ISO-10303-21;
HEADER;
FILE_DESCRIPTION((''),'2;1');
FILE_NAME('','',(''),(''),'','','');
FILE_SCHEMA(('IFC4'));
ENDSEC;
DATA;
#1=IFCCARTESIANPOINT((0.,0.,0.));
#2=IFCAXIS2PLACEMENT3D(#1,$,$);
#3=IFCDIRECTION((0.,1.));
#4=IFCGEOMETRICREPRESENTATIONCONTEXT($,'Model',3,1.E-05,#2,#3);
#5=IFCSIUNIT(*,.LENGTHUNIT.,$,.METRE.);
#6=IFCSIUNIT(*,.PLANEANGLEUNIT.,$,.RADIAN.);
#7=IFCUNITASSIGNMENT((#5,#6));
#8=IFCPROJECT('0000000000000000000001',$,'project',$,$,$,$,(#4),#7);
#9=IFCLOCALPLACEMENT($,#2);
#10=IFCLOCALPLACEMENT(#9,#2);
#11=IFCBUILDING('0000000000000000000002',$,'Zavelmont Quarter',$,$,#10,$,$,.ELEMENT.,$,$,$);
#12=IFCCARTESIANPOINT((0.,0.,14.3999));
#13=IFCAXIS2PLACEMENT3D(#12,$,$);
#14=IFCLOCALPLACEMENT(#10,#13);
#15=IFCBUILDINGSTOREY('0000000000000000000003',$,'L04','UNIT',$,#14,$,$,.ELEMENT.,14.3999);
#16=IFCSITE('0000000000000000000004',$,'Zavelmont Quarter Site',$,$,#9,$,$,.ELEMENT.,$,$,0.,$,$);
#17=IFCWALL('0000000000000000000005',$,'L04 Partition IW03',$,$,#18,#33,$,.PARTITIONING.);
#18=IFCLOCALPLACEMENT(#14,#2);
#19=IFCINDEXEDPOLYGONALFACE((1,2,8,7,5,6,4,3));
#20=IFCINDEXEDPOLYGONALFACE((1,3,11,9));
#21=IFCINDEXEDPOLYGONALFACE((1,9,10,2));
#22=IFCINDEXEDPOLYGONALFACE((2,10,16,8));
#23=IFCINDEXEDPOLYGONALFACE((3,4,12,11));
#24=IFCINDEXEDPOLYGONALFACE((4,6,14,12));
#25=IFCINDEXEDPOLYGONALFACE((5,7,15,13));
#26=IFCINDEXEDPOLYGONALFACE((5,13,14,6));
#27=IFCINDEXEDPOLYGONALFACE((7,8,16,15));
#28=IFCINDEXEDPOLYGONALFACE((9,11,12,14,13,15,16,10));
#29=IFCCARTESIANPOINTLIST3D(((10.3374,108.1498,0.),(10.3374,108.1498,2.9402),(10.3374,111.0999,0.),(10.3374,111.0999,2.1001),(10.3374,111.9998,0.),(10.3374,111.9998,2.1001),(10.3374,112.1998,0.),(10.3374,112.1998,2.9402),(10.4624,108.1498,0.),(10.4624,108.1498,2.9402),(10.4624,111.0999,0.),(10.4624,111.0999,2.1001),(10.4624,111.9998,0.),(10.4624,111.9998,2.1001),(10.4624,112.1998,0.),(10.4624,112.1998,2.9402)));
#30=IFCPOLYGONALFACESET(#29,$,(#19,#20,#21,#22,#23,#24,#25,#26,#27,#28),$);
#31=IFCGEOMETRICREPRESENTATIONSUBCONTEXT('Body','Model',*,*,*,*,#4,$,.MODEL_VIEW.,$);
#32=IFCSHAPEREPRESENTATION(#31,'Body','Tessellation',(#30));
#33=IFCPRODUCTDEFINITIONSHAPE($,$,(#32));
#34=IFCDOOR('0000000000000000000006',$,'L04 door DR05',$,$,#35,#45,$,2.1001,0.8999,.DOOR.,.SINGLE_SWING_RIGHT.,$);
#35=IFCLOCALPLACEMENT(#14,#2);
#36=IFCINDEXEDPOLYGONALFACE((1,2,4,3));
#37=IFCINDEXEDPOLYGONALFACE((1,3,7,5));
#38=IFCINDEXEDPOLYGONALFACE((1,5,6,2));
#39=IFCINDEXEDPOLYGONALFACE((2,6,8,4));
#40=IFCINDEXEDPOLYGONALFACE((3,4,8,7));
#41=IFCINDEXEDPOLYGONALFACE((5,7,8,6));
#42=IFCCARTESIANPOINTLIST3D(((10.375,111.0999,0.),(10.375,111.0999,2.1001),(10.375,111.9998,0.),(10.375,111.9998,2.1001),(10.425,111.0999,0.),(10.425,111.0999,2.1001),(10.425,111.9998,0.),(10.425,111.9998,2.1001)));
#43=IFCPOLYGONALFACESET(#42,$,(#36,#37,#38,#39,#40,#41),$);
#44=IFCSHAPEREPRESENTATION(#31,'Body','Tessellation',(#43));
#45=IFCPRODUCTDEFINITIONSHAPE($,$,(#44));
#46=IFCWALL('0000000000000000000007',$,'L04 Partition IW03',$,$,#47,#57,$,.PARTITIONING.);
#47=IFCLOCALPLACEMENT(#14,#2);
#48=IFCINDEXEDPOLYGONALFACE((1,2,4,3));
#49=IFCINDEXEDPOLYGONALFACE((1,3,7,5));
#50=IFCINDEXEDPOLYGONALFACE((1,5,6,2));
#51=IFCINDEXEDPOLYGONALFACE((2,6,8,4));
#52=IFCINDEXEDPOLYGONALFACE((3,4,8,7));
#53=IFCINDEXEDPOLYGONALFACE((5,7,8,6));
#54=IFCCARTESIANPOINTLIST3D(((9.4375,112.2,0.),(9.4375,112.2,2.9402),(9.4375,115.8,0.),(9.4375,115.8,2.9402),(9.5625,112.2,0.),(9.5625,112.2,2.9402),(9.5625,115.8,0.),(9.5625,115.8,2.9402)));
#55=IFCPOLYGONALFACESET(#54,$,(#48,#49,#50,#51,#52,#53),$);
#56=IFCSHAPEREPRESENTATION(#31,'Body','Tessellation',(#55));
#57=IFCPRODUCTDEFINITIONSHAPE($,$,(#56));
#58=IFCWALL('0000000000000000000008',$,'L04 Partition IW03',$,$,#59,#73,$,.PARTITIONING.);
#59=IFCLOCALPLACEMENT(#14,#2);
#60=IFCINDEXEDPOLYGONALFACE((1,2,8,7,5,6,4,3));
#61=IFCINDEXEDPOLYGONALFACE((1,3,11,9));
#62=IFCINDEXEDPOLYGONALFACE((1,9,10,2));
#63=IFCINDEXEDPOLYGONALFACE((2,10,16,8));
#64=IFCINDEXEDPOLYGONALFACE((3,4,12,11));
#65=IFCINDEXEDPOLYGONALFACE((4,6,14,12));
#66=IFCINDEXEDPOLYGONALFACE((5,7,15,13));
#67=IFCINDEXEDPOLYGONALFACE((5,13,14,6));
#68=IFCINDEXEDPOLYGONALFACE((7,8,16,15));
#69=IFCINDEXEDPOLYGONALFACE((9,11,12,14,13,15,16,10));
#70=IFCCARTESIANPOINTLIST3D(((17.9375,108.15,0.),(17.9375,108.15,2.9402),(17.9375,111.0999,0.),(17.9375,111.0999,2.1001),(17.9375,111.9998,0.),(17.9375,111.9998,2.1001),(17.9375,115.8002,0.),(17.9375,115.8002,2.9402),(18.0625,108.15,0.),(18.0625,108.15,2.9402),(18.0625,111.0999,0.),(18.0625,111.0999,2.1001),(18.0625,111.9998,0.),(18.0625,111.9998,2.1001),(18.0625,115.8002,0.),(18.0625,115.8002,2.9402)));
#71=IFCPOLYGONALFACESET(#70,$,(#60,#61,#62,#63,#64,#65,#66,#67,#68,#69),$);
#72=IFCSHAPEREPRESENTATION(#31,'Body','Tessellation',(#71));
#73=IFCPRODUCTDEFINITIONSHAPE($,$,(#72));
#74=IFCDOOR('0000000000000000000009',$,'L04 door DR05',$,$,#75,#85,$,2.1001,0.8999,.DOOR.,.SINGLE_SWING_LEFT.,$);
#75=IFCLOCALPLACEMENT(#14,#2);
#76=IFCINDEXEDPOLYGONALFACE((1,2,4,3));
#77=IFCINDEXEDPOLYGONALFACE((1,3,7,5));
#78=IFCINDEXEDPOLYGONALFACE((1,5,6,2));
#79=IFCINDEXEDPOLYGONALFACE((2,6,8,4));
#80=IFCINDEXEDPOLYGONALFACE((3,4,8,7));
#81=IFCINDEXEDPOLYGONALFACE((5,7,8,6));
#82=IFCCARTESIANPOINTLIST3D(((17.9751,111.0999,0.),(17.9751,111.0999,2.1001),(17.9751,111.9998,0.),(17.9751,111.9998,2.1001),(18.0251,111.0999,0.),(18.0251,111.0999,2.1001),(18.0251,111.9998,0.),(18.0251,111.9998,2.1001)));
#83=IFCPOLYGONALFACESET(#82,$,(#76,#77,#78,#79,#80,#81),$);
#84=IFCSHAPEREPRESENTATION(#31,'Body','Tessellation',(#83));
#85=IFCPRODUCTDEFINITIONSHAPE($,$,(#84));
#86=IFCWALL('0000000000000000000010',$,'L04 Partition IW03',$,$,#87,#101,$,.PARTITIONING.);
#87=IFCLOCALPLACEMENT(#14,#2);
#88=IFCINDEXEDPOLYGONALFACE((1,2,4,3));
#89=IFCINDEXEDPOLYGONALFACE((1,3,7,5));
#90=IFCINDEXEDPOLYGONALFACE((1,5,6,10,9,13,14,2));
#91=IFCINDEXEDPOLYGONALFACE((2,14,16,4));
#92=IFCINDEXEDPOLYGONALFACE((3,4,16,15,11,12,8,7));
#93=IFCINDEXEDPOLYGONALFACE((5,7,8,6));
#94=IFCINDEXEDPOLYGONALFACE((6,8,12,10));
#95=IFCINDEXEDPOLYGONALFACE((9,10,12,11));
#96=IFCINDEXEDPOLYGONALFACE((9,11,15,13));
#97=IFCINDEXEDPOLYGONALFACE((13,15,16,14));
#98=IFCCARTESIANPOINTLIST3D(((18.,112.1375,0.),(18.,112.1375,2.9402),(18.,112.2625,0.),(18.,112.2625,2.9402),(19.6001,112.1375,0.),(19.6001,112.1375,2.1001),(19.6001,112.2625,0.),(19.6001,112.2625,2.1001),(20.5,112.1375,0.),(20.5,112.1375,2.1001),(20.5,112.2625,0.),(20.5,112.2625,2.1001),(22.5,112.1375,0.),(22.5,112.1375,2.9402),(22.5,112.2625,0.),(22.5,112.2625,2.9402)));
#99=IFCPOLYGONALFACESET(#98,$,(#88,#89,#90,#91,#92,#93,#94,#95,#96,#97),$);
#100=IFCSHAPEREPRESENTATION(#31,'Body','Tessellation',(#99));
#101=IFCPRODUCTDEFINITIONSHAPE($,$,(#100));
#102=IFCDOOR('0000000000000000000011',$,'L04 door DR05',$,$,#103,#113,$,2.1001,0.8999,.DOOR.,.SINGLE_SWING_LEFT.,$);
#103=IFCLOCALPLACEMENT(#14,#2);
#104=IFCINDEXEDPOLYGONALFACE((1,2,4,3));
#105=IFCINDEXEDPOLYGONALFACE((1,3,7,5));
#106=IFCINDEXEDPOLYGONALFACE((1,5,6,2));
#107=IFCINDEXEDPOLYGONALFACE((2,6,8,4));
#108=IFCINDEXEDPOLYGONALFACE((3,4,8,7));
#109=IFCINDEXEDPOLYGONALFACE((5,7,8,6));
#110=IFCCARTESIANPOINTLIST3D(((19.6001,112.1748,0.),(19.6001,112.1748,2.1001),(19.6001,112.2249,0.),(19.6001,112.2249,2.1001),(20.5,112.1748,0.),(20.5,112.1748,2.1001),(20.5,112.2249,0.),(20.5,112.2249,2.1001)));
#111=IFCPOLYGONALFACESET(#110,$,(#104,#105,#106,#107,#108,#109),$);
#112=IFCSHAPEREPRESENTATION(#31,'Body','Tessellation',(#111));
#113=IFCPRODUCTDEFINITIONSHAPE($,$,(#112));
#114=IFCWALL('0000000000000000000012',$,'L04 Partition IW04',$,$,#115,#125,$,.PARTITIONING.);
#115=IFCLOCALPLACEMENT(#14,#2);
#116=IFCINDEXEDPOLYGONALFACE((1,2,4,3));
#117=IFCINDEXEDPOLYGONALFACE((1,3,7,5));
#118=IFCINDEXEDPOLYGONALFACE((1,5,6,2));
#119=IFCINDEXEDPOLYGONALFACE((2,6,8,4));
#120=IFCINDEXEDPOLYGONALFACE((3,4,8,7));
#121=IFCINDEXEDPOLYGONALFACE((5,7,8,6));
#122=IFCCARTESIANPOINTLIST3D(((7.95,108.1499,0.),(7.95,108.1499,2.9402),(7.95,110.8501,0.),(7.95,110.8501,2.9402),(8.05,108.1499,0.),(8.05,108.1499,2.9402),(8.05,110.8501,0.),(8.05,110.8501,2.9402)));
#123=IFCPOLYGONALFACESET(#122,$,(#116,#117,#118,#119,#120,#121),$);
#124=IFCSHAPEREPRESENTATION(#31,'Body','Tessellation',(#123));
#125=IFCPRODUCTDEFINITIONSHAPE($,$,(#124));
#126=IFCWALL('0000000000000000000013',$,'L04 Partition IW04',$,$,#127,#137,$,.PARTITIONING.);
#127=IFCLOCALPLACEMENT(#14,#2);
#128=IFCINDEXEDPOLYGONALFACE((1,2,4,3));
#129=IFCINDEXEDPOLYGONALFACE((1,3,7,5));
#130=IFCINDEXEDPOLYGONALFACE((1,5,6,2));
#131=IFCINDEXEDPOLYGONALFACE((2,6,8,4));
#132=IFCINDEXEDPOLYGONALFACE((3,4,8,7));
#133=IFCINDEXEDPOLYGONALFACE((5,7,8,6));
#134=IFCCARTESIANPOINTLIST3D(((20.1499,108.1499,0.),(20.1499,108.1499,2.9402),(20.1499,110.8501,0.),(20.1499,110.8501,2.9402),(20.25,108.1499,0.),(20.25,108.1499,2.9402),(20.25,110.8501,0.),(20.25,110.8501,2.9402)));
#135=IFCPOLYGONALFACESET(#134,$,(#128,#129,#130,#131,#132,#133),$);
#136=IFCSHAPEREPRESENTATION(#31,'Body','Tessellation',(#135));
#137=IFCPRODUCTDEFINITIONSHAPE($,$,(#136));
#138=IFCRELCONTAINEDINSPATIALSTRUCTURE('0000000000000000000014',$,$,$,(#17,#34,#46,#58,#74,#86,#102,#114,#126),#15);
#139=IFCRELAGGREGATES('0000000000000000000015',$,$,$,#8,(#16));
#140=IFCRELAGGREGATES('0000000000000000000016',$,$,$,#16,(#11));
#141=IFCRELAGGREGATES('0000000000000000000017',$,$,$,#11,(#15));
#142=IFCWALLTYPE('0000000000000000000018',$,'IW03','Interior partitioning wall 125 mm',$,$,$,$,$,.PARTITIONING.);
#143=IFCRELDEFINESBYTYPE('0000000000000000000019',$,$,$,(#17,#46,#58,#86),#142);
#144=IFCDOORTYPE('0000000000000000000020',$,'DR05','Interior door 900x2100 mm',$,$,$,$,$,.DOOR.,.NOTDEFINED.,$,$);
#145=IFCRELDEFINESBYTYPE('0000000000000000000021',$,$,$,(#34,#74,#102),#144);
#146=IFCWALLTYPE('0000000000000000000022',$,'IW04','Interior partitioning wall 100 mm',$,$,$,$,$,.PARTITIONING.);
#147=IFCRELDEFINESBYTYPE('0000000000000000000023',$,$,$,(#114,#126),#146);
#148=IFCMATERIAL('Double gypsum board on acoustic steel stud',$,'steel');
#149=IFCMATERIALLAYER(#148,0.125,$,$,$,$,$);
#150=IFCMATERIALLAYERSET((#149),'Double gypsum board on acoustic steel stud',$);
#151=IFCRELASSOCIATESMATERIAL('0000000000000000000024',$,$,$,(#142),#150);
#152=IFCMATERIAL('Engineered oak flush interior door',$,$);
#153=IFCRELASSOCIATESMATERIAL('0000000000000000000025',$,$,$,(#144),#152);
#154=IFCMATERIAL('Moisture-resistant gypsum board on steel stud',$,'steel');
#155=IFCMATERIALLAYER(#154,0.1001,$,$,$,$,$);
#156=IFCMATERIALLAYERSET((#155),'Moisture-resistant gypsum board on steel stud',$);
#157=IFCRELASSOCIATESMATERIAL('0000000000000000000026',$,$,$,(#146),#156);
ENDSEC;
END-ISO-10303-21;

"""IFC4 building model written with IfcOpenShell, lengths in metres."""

from ifc_helpers import new_model, si_unit, direction, frame, frame_2d, origin, origin_with_axes, place, context, subcontext, project, spatial, rectangle, extrude, material, layer, layer_set, type_object, element, fill, save


model = new_model("IFC4")

# Units and contexts
model_context = context("Model", 3, precision=1e-05, world=origin(), true_north=direction((0.0, 1.0)))
body_context = subcontext(model_context, "Body", "Model", "MODEL_VIEW")
ifc_project = project(units=[si_unit("LENGTHUNIT", "METRE"), si_unit("PLANEANGLEUNIT", "RADIAN")], contexts=[model_context])

# Site, building, storey
site_placement = place(None, origin())
site = spatial("IfcSite", under=ifc_project, at=site_placement, Name="Zavelmont Quarter Site", CompositionType="ELEMENT", RefElevation=0.0)
building_placement = place(site_placement, origin())
building = spatial("IfcBuilding", under=site, at=building_placement, Name="Zavelmont Quarter", CompositionType="ELEMENT")
storey_placement = place(building_placement, frame((0.0, 0.0, 14.3999)))
storey = spatial("IfcBuildingStorey", under=building, at=storey_placement, Name="L04", Description="UNIT", CompositionType="ELEMENT", Elevation=14.3999)

# Wall, opening, door
ifc_material_1 = material(Name="Double gypsum board on acoustic steel stud", Category="steel")
ifc_layer_1 = layer(ifc_material_1, 0.125)
ifc_layer_set_1 = layer_set([ifc_layer_1], Name="Double gypsum board on acoustic steel stud")
wall_type_1 = type_object("IfcWallType", Name="IW03", Description="Interior partitioning wall 125 mm", PredefinedType="PARTITIONING", material=ifc_layer_set_1)
wall_1_placement = place(storey_placement, frame((10.3999, 108.1499, 0.0), z_axis=(0.0, 0.0, 1.0), x_axis=(0.0, 1.0, 0.0)))
wall_1 = element("IfcWall", 1, at=wall_1_placement, inside=storey, type_object=wall_type_1, Name="L04 Partition IW03", PredefinedType="PARTITIONING", context=body_context, shape_type="SweptSolid", body=[
    extrude(rectangle(XDim=4.05, YDim=0.125, at=frame_2d((2.0249, 0.0))), origin(), (0.0, 0.0, 1.0), 2.9402),
])
opening_1_placement = place(wall_1_placement, frame((2.95, 0.0, 0.0)))
opening_1 = element("IfcOpeningElement", 2, at=opening_1_placement, cuts=wall_1, PredefinedType="OPENING", context=body_context, shape_type="SweptSolid", body=[
    extrude(rectangle(XDim=0.8999, YDim=2.1001, at=frame_2d((0.45, 1.05))), frame((0.0, 0.0745, 0.0), z_axis=(0.0, -1.0, 0.0), x_axis=(1.0, 0.0, 0.0)), (0.0, 0.0, 1.0), 0.1489),
])
ifc_material_2 = material(Name="Engineered oak flush interior door")
door_type_1 = type_object("IfcDoorType", Name="DR05", Description="Interior door 900x2100 mm", OperationType="NOTDEFINED", PredefinedType="DOOR", material=ifc_material_2)
door_1_placement = place(opening_1_placement, origin_with_axes())
door_1 = element("IfcDoor", 3, at=door_1_placement, inside=storey, type_object=door_type_1, Name="L04 door DR05", OperationType="SINGLE_SWING_RIGHT", OverallHeight=2.1001, OverallWidth=0.8999, PredefinedType="DOOR", context=body_context, shape_type="SweptSolid", body=[
    extrude(rectangle(XDim=0.8999, YDim=2.1001, at=frame_2d((0.45, 1.05))), frame((0.0, 0.0249, 0.0), z_axis=(0.0, -1.0, 0.0), x_axis=(1.0, 0.0, 0.0)), (0.0, 0.0, 1.0), 0.05),
])
fill(opening_1, door_1)

# Wall
wall_2_placement = place(storey_placement, frame((9.5, 112.2, 0.0), z_axis=(0.0, 0.0, 1.0), x_axis=(0.0, 1.0, 0.0)))
element("IfcWall", 4, at=wall_2_placement, inside=storey, type_object=wall_type_1, Name="L04 Partition IW03", PredefinedType="PARTITIONING", context=body_context, shape_type="SweptSolid", body=[
    extrude(rectangle(XDim=3.6001, YDim=0.125, at=frame_2d((1.8, 0.0))), origin(), (0.0, 0.0, 1.0), 2.9402),
])

# Walls, openings, doors
wall_3_placement = place(storey_placement, frame((18.0, 108.1499, 0.0), z_axis=(0.0, 0.0, 1.0), x_axis=(0.0, 1.0, 0.0)))
wall_3 = element("IfcWall", 5, at=wall_3_placement, inside=storey, type_object=wall_type_1, Name="L04 Partition IW03", PredefinedType="PARTITIONING", context=body_context, shape_type="SweptSolid", body=[
    extrude(rectangle(XDim=7.6501, YDim=0.125, at=frame_2d((3.8252, 0.0))), origin(), (0.0, 0.0, 1.0), 2.9402),
])
opening_2_placement = place(wall_3_placement, frame((2.95, 0.0, 0.0)))
opening_2 = element("IfcOpeningElement", 6, at=opening_2_placement, cuts=wall_3, PredefinedType="OPENING", context=body_context, shape_type="SweptSolid", body=[
    extrude(rectangle(XDim=0.8999, YDim=2.1001, at=frame_2d((0.45, 1.05))), frame((0.0, 0.0745, 0.0), z_axis=(0.0, -1.0, 0.0), x_axis=(1.0, 0.0, 0.0)), (0.0, 0.0, 1.0), 0.1489),
])
door_2_placement = place(opening_2_placement, origin_with_axes())
door_2 = element("IfcDoor", 7, at=door_2_placement, inside=storey, type_object=door_type_1, Name="L04 door DR05", OperationType="SINGLE_SWING_LEFT", OverallHeight=2.1001, OverallWidth=0.8999, PredefinedType="DOOR", context=body_context, shape_type="SweptSolid", body=[
    extrude(rectangle(XDim=0.8999, YDim=2.1001, at=frame_2d((0.45, 1.05))), frame((0.0, 0.0249, 0.0), z_axis=(0.0, -1.0, 0.0), x_axis=(1.0, 0.0, 0.0)), (0.0, 0.0, 1.0), 0.05),
])
fill(opening_2, door_2)
wall_4_placement = place(storey_placement, frame((18.0, 112.2, 0.0), z_axis=(0.0, 0.0, 1.0), x_axis=(1.0, 0.0, 0.0)))
wall_4 = element("IfcWall", 8, at=wall_4_placement, inside=storey, type_object=wall_type_1, Name="L04 Partition IW03", PredefinedType="PARTITIONING", context=body_context, shape_type="SweptSolid", body=[
    extrude(rectangle(XDim=4.5, YDim=0.125, at=frame_2d((2.25, 0.0))), origin(), (0.0, 0.0, 1.0), 2.9402),
])
opening_3_placement = place(wall_4_placement, frame((1.6001, 0.0, 0.0)))
opening_3 = element("IfcOpeningElement", 9, at=opening_3_placement, cuts=wall_4, PredefinedType="OPENING", context=body_context, shape_type="SweptSolid", body=[
    extrude(rectangle(XDim=0.8999, YDim=2.1001, at=frame_2d((0.45, 1.05))), frame((0.0, 0.0745, 0.0), z_axis=(0.0, -1.0, 0.0), x_axis=(1.0, 0.0, 0.0)), (0.0, 0.0, 1.0), 0.1489),
])
door_3_placement = place(opening_3_placement, origin_with_axes())
door_3 = element("IfcDoor", 10, at=door_3_placement, inside=storey, type_object=door_type_1, Name="L04 door DR05", OperationType="SINGLE_SWING_LEFT", OverallHeight=2.1001, OverallWidth=0.8999, PredefinedType="DOOR", context=body_context, shape_type="SweptSolid", body=[
    extrude(rectangle(XDim=0.8999, YDim=2.1001, at=frame_2d((0.45, 1.05))), frame((0.0, 0.0249, 0.0), z_axis=(0.0, -1.0, 0.0), x_axis=(1.0, 0.0, 0.0)), (0.0, 0.0, 1.0), 0.05),
])
fill(opening_3, door_3)

# Walls
ifc_material_3 = material(Name="Moisture-resistant gypsum board on steel stud", Category="steel")
ifc_layer_2 = layer(ifc_material_3, 0.1001)
ifc_layer_set_2 = layer_set([ifc_layer_2], Name="Moisture-resistant gypsum board on steel stud")
wall_type_2 = type_object("IfcWallType", Name="IW04", Description="Interior partitioning wall 100 mm", PredefinedType="PARTITIONING", material=ifc_layer_set_2)
for number, where, z_axis, x_axis, name in (
    (11, (8.0, 108.1499, 0.0), (0.0, 0.0, 1.0), (0.0, 1.0, 0.0), "L04 Partition IW04"),
    (12, (20.2, 108.1499, 0.0), (0.0, 0.0, 1.0), (0.0, 1.0, 0.0), "L04 Partition IW04"),
):
    element("IfcWall", number, at=place(storey_placement, frame(where, z_axis=z_axis, x_axis=x_axis)), inside=storey, type_object=wall_type_2, Name=name, PredefinedType="PARTITIONING", context=body_context, shape_type="SweptSolid", body=[
        extrude(rectangle(XDim=2.7002, YDim=0.1001, at=frame_2d((1.3501, 0.0))), origin(), (0.0, 0.0, 1.0), 2.9402),
    ])

save(model, "model.ifc")
